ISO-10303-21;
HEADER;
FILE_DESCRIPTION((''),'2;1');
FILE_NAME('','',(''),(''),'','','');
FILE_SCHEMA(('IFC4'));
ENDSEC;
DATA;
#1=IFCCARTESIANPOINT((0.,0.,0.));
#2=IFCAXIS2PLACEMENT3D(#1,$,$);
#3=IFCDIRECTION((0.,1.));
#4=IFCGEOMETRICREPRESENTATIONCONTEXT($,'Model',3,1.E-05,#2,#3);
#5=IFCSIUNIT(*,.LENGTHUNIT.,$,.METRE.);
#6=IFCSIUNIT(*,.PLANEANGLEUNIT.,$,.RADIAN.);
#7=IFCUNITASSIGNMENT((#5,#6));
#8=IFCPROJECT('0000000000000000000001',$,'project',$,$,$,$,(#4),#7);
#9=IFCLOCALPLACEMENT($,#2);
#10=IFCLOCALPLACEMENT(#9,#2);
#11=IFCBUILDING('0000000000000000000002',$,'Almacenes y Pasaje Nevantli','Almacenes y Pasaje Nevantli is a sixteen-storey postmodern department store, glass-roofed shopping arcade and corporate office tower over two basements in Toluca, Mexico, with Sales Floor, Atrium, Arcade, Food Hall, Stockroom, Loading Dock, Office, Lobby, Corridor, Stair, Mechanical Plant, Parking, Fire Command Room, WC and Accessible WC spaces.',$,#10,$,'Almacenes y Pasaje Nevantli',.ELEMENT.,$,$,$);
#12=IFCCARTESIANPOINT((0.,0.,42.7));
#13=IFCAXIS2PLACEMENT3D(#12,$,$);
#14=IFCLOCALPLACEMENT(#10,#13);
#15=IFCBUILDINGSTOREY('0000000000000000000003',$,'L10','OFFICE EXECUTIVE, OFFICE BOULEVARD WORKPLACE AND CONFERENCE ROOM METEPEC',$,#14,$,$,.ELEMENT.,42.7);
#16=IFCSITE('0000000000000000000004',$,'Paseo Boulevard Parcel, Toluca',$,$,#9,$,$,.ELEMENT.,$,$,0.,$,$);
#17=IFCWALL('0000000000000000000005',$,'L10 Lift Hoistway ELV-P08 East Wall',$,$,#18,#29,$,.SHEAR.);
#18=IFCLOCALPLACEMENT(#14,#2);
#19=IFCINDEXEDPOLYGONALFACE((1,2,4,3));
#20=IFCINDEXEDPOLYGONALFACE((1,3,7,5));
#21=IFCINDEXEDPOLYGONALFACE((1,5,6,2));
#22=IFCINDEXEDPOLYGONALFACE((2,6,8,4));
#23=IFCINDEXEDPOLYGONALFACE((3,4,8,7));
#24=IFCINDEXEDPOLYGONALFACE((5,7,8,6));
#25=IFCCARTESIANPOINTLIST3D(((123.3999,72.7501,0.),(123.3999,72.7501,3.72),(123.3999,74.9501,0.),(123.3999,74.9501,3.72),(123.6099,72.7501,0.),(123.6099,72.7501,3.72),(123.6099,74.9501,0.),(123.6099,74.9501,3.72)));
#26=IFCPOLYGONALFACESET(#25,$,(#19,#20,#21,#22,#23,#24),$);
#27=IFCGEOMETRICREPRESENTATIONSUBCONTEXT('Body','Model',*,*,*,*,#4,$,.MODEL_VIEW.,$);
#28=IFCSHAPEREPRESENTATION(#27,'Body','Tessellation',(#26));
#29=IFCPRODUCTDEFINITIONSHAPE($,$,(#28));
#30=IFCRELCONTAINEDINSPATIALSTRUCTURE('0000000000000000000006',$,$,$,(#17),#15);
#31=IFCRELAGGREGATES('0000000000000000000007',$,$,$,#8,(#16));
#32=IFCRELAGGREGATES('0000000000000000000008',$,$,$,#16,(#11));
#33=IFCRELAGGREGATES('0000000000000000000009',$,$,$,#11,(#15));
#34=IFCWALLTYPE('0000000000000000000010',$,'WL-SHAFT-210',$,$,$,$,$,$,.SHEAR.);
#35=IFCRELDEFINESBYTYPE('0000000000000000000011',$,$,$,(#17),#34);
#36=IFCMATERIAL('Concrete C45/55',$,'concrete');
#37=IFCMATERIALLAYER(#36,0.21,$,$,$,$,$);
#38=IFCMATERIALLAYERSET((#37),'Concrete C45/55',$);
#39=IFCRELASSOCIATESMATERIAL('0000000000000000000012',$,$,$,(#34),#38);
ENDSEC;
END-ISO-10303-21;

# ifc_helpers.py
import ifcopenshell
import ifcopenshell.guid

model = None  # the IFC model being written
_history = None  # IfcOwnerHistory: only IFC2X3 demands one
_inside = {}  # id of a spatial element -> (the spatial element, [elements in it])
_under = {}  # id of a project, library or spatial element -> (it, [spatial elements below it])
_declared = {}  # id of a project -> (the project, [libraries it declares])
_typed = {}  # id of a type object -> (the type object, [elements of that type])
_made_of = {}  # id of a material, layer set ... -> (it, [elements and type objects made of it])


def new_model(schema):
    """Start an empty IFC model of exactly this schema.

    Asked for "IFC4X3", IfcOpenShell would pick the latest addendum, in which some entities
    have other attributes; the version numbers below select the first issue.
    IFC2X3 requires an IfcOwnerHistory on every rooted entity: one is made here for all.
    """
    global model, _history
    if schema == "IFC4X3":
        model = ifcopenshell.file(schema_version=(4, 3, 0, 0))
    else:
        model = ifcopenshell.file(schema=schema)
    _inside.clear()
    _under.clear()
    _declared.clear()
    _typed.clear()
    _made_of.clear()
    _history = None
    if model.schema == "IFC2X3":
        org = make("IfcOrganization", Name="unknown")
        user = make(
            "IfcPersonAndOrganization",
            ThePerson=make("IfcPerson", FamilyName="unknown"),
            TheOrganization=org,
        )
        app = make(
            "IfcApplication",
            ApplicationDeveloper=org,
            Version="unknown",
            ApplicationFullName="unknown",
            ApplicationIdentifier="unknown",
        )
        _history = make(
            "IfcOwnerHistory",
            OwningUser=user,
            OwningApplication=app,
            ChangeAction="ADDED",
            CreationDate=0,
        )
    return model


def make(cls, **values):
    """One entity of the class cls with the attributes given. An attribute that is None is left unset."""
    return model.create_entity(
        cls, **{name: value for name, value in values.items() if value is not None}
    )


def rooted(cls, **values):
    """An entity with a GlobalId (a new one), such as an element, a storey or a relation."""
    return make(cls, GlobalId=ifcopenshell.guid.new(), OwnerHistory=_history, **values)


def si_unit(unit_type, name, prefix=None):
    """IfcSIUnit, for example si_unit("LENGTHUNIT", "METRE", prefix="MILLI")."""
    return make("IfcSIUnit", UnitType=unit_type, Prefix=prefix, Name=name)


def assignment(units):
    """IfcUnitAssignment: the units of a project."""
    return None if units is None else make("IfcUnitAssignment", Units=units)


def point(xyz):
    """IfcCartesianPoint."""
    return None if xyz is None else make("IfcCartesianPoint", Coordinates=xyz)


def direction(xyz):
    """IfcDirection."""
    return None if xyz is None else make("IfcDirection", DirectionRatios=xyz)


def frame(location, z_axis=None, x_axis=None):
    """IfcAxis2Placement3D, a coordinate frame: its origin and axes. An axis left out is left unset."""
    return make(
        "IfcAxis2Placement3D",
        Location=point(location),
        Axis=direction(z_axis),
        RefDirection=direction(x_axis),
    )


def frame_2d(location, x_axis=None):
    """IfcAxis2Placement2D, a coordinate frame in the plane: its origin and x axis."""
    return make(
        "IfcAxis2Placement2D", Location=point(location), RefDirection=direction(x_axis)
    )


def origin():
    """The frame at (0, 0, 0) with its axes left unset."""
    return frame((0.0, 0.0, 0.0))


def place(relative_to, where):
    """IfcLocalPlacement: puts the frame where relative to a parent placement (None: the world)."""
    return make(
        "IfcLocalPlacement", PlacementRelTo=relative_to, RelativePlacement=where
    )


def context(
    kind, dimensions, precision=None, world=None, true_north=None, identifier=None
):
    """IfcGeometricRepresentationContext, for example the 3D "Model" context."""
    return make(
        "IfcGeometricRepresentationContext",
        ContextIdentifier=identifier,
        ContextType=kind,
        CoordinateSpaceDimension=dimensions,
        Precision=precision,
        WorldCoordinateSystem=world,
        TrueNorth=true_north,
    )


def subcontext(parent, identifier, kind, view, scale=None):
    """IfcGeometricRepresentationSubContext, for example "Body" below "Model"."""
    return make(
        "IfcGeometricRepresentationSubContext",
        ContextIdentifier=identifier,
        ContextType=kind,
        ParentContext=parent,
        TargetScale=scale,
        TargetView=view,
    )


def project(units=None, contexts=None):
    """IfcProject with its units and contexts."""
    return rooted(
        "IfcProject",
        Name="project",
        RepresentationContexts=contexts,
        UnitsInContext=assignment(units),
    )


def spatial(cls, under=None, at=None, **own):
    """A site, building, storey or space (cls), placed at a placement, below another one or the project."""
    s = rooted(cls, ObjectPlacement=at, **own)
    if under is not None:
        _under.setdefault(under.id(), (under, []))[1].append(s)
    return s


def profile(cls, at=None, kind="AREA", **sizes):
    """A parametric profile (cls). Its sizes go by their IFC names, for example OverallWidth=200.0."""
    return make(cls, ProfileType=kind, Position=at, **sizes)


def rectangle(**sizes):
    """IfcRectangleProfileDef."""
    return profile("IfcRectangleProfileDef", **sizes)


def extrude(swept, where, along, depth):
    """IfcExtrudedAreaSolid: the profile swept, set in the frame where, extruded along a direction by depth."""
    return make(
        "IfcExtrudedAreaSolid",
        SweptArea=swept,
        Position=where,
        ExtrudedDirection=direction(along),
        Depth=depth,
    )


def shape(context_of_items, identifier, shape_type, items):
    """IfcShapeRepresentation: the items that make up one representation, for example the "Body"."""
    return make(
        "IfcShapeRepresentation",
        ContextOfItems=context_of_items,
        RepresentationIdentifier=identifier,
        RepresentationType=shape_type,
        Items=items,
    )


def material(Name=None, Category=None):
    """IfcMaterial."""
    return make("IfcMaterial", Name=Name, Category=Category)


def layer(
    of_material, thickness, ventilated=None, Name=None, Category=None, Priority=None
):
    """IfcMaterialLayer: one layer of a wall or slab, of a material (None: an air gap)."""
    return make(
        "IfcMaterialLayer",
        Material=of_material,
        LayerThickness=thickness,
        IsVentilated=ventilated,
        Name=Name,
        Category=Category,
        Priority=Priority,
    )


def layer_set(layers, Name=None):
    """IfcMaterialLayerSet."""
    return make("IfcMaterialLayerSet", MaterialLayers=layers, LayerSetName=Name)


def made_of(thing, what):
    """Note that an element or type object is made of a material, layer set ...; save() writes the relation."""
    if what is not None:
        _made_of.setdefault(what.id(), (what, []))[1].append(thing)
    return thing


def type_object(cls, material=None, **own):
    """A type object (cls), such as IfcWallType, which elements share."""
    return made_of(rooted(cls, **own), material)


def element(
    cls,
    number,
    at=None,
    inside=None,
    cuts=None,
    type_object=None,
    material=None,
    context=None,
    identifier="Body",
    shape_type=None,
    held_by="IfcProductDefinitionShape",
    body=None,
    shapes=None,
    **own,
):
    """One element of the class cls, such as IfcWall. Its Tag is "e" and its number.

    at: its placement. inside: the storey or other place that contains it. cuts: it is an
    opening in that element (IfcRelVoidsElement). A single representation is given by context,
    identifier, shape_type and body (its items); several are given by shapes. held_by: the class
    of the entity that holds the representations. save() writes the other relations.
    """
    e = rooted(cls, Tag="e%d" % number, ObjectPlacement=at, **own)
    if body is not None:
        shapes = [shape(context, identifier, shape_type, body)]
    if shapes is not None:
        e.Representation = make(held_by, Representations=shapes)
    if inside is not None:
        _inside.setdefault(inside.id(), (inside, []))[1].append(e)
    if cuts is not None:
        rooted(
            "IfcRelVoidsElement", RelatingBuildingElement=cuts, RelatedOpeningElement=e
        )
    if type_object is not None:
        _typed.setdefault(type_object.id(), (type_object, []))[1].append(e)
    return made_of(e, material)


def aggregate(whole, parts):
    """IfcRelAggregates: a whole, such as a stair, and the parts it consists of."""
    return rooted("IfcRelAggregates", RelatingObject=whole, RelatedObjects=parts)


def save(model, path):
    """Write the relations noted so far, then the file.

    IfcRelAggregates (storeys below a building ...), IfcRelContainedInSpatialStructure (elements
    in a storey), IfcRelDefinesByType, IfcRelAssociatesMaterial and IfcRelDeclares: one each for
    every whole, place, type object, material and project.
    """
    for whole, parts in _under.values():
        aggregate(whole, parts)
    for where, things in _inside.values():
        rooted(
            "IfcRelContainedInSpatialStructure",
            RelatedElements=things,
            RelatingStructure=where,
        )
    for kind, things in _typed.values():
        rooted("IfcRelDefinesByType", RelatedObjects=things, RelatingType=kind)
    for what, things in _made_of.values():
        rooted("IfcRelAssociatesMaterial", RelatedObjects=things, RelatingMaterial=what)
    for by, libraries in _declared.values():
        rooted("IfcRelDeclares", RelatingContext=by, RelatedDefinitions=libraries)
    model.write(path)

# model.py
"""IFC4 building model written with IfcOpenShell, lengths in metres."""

from ifc_helpers import new_model, si_unit, direction, frame, frame_2d, origin, place, context, subcontext, project, spatial, rectangle, extrude, material, layer, layer_set, type_object, element, save


model = new_model("IFC4")

# Units and contexts
model_context = context("Model", 3, precision=1e-05, world=origin(), true_north=direction((0.0, 1.0)))
body_context = subcontext(model_context, "Body", "Model", "MODEL_VIEW")
ifc_project = project(units=[si_unit("LENGTHUNIT", "METRE"), si_unit("PLANEANGLEUNIT", "RADIAN")], contexts=[model_context])

# Site, building, storey
site_placement = place(None, origin())
site = spatial("IfcSite", under=ifc_project, at=site_placement, Name="Paseo Boulevard Parcel, Toluca", CompositionType="ELEMENT", RefElevation=0.0)
building_placement = place(site_placement, origin())
building = spatial("IfcBuilding", under=site, at=building_placement, Name="Almacenes y Pasaje Nevantli", Description="Almacenes y Pasaje Nevantli is a sixteen-storey postmodern department store, glass-roofed shopping arcade and corporate office tower over two basements in Toluca, Mexico, with Sales Floor, Atrium, Arcade, Food Hall, Stockroom, Loading Dock, Office, Lobby, Corridor, Stair, Mechanical Plant, Parking, Fire Command Room, WC and Accessible WC spaces.", LongName="Almacenes y Pasaje Nevantli", CompositionType="ELEMENT")
storey_placement = place(building_placement, frame((0.0, 0.0, 42.7)))
storey = spatial("IfcBuildingStorey", under=building, at=storey_placement, Name="L10", Description="OFFICE EXECUTIVE, OFFICE BOULEVARD WORKPLACE AND CONFERENCE ROOM METEPEC", CompositionType="ELEMENT", Elevation=42.7)

# Shared definitions
ifc_material_1 = material(Name="Concrete C45/55", Category="concrete")
ifc_layer_1 = layer(ifc_material_1, 0.21)
ifc_layer_set_1 = layer_set([ifc_layer_1], Name="Concrete C45/55")
wall_type_1 = type_object("IfcWallType", Name="WL-SHAFT-210", PredefinedType="SHEAR", material=ifc_layer_set_1)

# Wall
for number, where, z_axis, x_axis, name in (
    (1, (123.5049, 72.75, 0.0), (0.0, 0.0, 1.0), (0.0, 1.0, 0.0), "L10 Lift Hoistway ELV-P08 East Wall"),
):
    element("IfcWall", number, at=place(storey_placement, frame(where, z_axis=z_axis, x_axis=x_axis)), inside=storey, type_object=wall_type_1, Name=name, PredefinedType="SHEAR", context=body_context, shape_type="SweptSolid", body=[
        extrude(rectangle(XDim=2.2, YDim=0.21, at=frame_2d((1.1001, 0.0))), origin(), (0.0, 0.0, 1.0), 3.72),
    ])

save(model, "model.ifc")
